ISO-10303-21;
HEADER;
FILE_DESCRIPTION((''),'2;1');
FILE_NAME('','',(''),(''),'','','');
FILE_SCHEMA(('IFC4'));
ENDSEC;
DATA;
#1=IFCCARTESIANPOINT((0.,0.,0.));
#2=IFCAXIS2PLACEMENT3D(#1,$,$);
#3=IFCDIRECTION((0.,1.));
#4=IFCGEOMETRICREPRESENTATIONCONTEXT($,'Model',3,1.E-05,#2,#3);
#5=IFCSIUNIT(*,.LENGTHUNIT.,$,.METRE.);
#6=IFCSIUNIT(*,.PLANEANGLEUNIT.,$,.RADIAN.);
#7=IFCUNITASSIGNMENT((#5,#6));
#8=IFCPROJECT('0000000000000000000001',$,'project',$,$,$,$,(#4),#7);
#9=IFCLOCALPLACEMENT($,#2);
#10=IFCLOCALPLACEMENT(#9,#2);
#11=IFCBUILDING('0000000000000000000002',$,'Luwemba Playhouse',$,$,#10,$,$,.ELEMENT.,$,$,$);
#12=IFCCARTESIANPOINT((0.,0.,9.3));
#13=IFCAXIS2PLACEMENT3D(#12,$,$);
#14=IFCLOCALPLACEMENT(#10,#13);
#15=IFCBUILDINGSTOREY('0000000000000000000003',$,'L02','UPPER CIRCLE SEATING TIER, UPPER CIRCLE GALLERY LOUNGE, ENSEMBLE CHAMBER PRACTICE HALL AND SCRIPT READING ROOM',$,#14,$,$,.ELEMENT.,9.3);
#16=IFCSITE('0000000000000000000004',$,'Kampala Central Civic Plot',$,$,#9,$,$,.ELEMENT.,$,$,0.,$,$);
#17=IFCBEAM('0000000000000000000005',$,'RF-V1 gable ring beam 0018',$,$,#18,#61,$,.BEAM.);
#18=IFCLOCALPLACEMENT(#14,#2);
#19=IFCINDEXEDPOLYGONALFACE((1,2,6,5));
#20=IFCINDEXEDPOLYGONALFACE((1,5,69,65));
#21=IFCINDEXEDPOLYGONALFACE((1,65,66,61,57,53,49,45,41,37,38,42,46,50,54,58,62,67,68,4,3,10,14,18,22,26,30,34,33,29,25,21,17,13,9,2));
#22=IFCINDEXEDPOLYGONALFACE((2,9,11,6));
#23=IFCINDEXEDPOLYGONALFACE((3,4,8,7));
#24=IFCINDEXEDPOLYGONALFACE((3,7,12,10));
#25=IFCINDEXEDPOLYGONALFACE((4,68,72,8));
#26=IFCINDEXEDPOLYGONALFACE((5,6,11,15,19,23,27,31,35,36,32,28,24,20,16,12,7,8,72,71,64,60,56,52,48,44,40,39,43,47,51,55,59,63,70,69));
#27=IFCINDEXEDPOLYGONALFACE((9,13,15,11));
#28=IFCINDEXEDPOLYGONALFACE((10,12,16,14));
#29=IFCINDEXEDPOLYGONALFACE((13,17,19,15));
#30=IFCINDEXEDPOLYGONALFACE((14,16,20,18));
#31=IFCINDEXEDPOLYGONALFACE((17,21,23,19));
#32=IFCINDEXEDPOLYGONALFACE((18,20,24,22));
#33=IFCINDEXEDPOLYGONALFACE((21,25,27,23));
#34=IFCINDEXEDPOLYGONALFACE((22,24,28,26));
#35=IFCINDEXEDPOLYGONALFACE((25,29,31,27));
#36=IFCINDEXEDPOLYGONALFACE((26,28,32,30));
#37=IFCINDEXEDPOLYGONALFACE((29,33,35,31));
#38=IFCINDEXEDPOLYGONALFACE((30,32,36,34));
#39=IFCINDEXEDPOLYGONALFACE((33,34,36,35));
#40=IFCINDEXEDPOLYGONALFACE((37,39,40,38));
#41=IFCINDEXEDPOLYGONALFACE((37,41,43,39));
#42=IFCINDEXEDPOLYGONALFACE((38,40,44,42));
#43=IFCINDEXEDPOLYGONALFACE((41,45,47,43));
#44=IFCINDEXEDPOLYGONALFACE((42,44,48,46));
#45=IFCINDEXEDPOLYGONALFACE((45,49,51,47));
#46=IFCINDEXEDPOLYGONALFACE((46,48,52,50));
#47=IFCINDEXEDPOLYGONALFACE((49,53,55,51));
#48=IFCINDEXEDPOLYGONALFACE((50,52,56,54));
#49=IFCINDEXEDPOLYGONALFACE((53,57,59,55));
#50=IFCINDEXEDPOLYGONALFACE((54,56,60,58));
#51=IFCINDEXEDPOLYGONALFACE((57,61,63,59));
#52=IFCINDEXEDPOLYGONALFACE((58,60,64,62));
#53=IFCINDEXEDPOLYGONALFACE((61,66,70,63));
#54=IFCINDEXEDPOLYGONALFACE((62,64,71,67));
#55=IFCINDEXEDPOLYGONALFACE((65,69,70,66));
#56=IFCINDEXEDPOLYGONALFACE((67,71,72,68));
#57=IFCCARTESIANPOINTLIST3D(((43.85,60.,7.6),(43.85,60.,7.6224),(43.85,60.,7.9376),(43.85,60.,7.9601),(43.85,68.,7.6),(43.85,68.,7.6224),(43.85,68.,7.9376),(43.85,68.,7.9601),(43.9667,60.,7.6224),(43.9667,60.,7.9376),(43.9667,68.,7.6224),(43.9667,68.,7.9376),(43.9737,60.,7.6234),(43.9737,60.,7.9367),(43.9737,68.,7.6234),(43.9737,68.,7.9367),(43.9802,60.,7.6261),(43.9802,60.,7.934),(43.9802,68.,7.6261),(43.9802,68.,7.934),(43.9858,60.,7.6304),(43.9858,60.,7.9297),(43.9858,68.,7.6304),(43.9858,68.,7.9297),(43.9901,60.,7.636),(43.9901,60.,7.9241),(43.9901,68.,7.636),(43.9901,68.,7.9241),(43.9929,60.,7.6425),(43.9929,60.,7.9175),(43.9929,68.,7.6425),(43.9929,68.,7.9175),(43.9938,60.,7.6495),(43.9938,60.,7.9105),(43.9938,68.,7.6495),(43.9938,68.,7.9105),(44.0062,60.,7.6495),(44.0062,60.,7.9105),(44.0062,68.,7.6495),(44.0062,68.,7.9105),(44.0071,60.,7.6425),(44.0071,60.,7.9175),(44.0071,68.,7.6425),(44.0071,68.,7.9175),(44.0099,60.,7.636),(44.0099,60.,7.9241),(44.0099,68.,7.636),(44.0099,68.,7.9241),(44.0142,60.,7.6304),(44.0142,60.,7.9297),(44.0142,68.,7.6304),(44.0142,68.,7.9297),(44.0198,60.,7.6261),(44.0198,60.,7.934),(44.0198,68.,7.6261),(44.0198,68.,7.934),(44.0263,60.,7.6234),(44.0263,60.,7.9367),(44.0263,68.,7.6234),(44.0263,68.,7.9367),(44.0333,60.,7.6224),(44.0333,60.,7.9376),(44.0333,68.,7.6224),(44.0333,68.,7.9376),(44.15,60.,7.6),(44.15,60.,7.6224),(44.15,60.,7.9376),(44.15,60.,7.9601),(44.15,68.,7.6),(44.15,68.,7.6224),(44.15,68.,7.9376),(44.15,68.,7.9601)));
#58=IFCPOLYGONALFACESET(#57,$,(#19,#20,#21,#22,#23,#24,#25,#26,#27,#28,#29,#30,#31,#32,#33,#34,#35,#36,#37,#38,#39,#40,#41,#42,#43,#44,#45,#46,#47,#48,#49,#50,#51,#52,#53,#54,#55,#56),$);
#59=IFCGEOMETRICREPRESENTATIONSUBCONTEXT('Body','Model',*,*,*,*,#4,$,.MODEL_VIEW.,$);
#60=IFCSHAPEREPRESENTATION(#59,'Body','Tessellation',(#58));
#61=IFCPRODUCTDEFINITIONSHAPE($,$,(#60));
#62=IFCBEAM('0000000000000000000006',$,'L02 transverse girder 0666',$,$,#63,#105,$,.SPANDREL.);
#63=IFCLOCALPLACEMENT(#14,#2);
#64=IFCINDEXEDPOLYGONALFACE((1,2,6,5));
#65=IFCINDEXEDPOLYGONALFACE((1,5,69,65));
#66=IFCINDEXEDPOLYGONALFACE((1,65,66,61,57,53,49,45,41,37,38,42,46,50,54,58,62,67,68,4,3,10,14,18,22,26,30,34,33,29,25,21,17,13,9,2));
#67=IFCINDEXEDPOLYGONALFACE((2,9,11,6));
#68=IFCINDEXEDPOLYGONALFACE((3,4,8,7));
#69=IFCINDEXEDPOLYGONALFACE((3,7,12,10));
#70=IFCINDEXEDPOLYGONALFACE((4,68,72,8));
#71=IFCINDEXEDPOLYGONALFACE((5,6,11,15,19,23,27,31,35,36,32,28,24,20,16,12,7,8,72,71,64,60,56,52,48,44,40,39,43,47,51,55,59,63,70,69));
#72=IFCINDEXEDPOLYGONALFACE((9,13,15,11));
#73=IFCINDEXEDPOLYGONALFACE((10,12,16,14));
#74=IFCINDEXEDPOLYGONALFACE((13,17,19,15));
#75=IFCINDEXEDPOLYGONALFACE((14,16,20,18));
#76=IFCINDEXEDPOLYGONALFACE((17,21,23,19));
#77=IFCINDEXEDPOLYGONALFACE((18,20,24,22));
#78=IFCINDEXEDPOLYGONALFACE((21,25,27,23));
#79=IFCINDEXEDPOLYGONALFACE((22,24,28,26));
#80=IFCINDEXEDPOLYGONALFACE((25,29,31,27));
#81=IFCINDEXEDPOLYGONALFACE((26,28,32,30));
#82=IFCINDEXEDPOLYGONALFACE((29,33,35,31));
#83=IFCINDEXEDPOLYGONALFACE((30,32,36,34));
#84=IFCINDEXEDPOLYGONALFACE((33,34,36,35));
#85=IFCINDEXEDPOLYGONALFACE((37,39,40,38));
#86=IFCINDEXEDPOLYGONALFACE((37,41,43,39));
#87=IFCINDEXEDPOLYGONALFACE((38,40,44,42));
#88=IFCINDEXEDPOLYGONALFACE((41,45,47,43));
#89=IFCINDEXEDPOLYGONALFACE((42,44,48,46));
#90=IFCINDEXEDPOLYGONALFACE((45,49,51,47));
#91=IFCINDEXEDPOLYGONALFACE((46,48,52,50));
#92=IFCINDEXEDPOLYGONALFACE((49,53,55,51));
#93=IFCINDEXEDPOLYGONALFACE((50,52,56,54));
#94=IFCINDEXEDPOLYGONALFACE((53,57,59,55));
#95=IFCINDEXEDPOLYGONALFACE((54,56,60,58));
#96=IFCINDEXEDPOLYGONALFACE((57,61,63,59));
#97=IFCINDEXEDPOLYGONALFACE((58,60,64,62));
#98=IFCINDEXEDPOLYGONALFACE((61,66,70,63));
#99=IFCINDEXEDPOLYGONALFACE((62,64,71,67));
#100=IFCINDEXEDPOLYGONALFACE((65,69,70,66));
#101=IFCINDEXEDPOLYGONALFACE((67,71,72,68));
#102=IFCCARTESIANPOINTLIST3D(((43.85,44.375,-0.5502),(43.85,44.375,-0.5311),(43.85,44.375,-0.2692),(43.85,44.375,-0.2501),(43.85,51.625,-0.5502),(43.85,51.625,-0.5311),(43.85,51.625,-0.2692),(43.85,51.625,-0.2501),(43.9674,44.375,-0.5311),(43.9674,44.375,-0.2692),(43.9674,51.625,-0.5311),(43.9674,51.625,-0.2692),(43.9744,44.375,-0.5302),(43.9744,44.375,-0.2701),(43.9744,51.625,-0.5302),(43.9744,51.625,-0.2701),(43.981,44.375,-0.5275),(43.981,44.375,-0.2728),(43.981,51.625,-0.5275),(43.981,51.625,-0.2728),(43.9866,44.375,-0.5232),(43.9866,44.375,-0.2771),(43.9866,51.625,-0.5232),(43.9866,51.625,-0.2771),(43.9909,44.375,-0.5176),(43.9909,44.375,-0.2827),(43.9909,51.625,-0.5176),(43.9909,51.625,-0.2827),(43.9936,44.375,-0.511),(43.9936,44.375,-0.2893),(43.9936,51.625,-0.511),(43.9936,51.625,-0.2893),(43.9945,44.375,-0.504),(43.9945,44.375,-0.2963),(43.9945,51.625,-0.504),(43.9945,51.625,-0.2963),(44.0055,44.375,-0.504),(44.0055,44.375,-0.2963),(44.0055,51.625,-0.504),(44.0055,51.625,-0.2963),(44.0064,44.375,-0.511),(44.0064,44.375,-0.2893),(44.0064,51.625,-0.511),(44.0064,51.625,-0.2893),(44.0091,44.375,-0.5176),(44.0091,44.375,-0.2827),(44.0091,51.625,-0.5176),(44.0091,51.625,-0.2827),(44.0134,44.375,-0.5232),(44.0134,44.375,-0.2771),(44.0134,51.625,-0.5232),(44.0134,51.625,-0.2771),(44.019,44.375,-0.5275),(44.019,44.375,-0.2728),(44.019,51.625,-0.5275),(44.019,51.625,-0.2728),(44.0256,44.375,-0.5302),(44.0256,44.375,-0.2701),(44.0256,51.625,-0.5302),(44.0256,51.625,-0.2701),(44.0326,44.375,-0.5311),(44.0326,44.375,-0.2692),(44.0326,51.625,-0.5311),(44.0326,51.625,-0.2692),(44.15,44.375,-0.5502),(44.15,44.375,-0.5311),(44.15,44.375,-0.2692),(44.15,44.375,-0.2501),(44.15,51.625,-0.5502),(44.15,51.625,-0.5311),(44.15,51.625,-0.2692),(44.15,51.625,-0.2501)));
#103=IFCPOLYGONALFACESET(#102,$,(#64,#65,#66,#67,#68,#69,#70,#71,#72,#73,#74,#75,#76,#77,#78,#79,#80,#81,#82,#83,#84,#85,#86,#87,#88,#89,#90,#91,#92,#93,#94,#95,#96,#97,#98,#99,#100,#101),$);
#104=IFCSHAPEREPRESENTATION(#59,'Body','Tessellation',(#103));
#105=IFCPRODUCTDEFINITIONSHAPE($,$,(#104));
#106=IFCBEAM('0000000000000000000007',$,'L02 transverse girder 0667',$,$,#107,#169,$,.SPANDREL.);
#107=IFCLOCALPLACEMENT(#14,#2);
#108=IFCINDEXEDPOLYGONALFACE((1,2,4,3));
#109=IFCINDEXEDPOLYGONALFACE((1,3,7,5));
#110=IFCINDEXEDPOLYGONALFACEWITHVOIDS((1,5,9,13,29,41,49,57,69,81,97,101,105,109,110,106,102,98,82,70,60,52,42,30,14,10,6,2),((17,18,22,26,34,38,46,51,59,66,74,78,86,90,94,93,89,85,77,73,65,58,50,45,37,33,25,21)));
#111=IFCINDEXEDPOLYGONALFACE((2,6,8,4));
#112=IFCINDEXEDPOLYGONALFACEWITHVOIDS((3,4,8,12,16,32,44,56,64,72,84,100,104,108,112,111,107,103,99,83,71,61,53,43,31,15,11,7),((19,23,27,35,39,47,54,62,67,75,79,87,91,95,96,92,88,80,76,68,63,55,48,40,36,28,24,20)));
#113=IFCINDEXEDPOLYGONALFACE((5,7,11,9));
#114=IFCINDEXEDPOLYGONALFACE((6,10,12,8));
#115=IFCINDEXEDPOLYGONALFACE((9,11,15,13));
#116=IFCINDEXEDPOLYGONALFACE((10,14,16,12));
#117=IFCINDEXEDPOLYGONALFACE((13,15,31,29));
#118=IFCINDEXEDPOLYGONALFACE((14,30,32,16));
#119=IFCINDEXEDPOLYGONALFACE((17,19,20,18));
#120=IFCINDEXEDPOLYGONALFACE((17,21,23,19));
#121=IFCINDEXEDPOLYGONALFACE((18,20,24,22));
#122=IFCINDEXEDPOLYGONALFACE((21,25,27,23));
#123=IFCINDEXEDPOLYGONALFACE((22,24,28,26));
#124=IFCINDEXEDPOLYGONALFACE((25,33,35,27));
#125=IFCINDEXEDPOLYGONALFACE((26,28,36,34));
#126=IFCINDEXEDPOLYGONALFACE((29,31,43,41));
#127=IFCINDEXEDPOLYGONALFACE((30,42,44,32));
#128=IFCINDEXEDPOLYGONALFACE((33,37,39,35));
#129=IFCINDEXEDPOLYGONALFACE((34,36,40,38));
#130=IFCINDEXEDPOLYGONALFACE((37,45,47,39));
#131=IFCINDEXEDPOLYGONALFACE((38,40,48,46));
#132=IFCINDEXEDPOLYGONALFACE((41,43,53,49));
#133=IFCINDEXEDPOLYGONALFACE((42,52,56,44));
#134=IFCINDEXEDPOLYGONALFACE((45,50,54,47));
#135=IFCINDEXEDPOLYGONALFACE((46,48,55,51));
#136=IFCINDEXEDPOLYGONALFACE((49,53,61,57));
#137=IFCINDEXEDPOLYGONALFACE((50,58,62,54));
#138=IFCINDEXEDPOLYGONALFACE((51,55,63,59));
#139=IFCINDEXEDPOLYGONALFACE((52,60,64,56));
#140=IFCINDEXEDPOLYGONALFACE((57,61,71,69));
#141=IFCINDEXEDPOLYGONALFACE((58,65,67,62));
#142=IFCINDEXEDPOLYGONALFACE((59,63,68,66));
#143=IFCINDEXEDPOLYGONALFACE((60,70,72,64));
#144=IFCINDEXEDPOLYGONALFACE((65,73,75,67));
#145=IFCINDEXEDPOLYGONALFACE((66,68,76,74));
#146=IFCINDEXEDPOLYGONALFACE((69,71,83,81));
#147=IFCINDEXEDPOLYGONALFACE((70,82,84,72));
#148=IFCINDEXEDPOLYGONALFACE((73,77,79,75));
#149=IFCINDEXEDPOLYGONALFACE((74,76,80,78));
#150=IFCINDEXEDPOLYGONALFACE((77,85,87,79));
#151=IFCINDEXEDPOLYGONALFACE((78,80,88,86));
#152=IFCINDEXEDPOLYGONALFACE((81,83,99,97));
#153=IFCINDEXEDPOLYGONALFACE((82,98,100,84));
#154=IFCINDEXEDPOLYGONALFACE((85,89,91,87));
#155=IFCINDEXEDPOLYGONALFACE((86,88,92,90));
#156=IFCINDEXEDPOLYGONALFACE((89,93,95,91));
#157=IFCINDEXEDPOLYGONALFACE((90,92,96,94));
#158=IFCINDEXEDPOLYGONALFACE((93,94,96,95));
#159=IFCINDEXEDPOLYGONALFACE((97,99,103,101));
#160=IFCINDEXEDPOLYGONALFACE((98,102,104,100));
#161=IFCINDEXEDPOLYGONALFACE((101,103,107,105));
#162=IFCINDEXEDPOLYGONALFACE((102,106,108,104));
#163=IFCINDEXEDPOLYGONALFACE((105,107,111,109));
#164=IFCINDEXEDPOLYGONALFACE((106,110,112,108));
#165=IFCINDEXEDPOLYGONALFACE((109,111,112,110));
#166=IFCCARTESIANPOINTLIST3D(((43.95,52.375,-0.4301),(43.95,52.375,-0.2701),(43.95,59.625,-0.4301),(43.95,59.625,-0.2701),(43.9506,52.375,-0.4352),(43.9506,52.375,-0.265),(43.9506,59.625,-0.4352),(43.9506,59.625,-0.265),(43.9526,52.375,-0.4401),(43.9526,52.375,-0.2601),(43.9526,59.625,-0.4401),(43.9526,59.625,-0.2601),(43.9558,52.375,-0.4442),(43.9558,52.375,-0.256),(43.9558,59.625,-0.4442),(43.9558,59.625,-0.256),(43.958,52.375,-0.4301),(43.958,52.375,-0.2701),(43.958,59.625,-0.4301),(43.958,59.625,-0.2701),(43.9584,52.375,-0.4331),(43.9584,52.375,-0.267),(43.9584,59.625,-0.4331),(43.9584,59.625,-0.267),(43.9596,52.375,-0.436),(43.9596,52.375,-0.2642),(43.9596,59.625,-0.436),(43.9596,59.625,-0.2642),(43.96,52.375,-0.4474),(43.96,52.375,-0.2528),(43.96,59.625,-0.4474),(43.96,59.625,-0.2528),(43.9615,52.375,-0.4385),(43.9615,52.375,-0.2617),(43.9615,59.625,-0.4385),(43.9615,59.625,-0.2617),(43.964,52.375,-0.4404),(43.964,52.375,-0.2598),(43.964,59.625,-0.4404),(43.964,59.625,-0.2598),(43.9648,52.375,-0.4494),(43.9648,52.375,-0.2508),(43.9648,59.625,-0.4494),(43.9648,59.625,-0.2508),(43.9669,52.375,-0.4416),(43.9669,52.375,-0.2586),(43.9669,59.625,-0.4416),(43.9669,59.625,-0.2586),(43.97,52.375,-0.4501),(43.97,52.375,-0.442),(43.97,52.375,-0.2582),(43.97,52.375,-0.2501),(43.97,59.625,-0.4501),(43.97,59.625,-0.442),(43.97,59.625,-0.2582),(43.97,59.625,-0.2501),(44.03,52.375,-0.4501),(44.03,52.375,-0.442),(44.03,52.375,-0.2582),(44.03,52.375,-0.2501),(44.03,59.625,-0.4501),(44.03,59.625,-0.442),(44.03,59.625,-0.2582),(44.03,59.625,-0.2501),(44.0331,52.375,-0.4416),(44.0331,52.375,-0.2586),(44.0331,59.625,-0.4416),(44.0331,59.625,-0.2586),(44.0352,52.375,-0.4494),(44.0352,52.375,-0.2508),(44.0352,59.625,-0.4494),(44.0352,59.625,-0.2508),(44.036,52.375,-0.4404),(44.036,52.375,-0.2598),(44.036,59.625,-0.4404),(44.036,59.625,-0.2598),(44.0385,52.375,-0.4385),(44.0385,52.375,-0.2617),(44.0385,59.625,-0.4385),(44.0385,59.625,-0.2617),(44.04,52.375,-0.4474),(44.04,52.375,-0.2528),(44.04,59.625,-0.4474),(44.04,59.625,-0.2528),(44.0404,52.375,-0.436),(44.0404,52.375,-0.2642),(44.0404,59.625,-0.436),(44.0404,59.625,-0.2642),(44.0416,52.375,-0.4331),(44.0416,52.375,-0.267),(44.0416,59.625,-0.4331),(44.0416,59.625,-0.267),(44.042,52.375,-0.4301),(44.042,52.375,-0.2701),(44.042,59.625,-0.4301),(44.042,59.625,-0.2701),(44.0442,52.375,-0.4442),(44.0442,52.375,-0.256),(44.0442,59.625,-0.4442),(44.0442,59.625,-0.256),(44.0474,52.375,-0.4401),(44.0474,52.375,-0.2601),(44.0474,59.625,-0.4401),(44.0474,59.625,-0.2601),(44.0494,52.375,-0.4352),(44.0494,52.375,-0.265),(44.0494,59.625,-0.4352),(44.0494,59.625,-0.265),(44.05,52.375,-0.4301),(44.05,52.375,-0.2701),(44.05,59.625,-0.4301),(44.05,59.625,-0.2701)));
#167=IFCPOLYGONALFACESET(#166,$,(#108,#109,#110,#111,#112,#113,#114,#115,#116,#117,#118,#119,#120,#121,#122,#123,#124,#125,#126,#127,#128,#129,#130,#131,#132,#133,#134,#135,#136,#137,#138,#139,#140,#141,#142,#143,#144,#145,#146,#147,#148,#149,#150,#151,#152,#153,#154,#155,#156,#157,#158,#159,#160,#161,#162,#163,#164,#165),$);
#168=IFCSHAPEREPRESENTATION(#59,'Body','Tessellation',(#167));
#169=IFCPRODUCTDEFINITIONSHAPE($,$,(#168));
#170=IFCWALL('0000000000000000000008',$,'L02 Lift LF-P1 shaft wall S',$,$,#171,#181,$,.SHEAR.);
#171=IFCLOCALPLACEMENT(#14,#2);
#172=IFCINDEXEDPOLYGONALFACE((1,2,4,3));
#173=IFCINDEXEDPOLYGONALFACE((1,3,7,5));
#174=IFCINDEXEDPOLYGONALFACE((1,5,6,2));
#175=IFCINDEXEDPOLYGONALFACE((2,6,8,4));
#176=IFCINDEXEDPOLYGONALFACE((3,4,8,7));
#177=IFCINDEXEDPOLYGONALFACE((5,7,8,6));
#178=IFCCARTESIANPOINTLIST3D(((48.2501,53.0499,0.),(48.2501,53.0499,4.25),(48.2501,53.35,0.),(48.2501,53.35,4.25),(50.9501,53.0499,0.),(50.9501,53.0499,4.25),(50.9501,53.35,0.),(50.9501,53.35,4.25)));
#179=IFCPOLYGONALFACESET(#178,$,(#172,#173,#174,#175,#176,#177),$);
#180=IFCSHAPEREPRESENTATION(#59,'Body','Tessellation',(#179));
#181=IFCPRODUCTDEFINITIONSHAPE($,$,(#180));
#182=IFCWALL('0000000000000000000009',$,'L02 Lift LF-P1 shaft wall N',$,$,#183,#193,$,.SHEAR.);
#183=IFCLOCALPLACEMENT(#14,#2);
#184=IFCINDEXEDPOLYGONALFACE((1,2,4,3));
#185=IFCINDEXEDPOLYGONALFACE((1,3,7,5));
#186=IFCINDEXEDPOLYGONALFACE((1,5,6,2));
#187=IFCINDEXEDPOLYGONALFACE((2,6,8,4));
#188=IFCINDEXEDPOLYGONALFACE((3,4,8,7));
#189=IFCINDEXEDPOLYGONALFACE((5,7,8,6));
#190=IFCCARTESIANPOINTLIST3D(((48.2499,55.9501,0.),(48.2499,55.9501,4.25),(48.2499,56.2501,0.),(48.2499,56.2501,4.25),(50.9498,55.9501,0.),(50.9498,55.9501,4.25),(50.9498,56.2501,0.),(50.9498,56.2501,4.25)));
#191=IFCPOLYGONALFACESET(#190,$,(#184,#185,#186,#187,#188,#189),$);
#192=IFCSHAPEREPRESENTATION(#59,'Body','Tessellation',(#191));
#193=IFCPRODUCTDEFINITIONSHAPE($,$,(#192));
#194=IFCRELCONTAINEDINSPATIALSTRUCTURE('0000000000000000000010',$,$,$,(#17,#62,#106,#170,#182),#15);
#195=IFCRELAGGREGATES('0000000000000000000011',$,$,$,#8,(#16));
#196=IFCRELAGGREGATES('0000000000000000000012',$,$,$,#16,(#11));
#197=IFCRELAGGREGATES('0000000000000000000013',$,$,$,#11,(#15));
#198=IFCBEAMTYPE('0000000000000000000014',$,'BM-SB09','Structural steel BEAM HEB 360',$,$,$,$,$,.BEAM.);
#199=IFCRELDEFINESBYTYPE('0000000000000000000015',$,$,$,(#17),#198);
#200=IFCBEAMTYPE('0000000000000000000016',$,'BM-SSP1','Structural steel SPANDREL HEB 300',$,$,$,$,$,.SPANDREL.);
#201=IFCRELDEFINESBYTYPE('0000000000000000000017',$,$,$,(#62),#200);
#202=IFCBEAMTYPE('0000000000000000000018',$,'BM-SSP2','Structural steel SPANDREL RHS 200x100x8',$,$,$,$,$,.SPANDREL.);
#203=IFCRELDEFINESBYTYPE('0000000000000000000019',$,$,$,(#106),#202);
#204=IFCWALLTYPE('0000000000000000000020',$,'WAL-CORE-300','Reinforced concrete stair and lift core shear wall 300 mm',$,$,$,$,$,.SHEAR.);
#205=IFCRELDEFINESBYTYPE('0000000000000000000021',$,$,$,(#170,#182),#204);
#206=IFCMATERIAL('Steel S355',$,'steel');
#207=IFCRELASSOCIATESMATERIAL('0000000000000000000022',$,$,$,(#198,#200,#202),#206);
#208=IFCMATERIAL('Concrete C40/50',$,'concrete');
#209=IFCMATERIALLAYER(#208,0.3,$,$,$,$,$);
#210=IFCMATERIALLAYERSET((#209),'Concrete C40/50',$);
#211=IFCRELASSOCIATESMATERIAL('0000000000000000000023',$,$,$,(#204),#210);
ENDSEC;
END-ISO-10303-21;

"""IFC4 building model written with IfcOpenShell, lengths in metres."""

from ifc_helpers import new_model, si_unit, direction, frame, frame_2d, origin, origin_2d, place, context, subcontext, project, spatial, rectangle, hollow_rectangle, i_section, extrude, material, layer, layer_set, material_profile, profile_set, type_object, element, save


model = new_model("IFC4")

# Units and contexts
model_context = context("Model", 3, precision=1e-05, world=origin(), true_north=direction((0.0, 1.0)))
body_context = subcontext(model_context, "Body", "Model", "MODEL_VIEW")
ifc_project = project(units=[si_unit("LENGTHUNIT", "METRE"), si_unit("PLANEANGLEUNIT", "RADIAN")], contexts=[model_context])

# Site, building, storey
site_placement = place(None, origin())
site = spatial("IfcSite", under=ifc_project, at=site_placement, Name="Kampala Central Civic Plot", CompositionType="ELEMENT", RefElevation=0.0)
building_placement = place(site_placement, origin())
building = spatial("IfcBuilding", under=site, at=building_placement, Name="Luwemba Playhouse", CompositionType="ELEMENT")
storey_placement = place(building_placement, frame((0.0, 0.0, 9.3)))
storey = spatial("IfcBuildingStorey", under=building, at=storey_placement, Name="L02", Description="UPPER CIRCLE SEATING TIER, UPPER CIRCLE GALLERY LOUNGE, ENSEMBLE CHAMBER PRACTICE HALL AND SCRIPT READING ROOM", CompositionType="ELEMENT", Elevation=9.3)

# Shared definitions
ifc_material_1 = material(Name="Concrete C40/50", Category="concrete")
ifc_material_2 = material(Name="Steel S355", Category="steel")

# Beams
ifc_material_profile_1 = material_profile(ifc_material_2, i_section(OverallWidth=0.3, OverallDepth=0.3601, WebThickness=0.0125, FlangeThickness=0.0225, FilletRadius=0.0271, at=origin_2d()))
ifc_profile_set_1 = profile_set([ifc_material_profile_1], Name="Steel S355")
beam_type_1 = type_object("IfcBeamType", Name="BM-SB09", Description="Structural steel BEAM HEB 360", PredefinedType="BEAM", material=ifc_profile_set_1)
for number, where, z_axis, x_axis, name in (
    (1, (44.0, 60.0, 7.78), (0.0, 1.0, 0.0), (-1.0, 0.0, 0.0), "RF-V1 gable ring beam 0018"),
):
    element("IfcBeam", number, at=place(storey_placement, frame(where, z_axis=z_axis, x_axis=x_axis)), inside=storey, type_object=beam_type_1, Name=name, PredefinedType="BEAM", context=body_context, shape_type="SweptSolid", body=[
        extrude(i_section(OverallWidth=0.3, OverallDepth=0.3601, WebThickness=0.0125, FlangeThickness=0.0225, FilletRadius=0.0271, at=origin_2d()), origin(), (0.0, 0.0, 1.0), 8.0),
    ])
ifc_material_profile_2 = material_profile(ifc_material_2, i_section(OverallWidth=0.3, OverallDepth=0.3, WebThickness=0.011, FlangeThickness=0.019, FilletRadius=0.0271, at=origin_2d()))
ifc_profile_set_2 = profile_set([ifc_material_profile_2], Name="Steel S355")
beam_type_2 = type_object("IfcBeamType", Name="BM-SSP1", Description="Structural steel SPANDREL HEB 300", PredefinedType="SPANDREL", material=ifc_profile_set_2)
beam_1_placement = place(storey_placement, frame((44.0, 44.375, -0.4001), z_axis=(0.0, 1.0, 0.0), x_axis=(-1.0, 0.0, 0.0)))
element("IfcBeam", 2, at=beam_1_placement, inside=storey, type_object=beam_type_2, Name="L02 transverse girder 0666", PredefinedType="SPANDREL", context=body_context, shape_type="SweptSolid", body=[
    extrude(i_section(OverallWidth=0.3, OverallDepth=0.3, WebThickness=0.011, FlangeThickness=0.019, FilletRadius=0.0271, at=origin_2d()), origin(), (0.0, 0.0, 1.0), 7.25),
])
ifc_material_profile_3 = material_profile(ifc_material_2, hollow_rectangle(XDim=0.1001, YDim=0.2, WallThickness=0.0081, InnerFilletRadius=0.012, OuterFilletRadius=0.02, at=origin_2d()))
ifc_profile_set_3 = profile_set([ifc_material_profile_3], Name="Steel S355")
beam_type_3 = type_object("IfcBeamType", Name="BM-SSP2", Description="Structural steel SPANDREL RHS 200x100x8", PredefinedType="SPANDREL", material=ifc_profile_set_3)
beam_2_placement = place(storey_placement, frame((44.0, 52.375, -0.3501), z_axis=(0.0, 1.0, 0.0), x_axis=(-1.0, 0.0, 0.0)))
element("IfcBeam", 3, at=beam_2_placement, inside=storey, type_object=beam_type_3, Name="L02 transverse girder 0667", PredefinedType="SPANDREL", context=body_context, shape_type="SweptSolid", body=[
    extrude(hollow_rectangle(XDim=0.1001, YDim=0.2, WallThickness=0.0081, InnerFilletRadius=0.012, OuterFilletRadius=0.02, at=origin_2d()), origin(), (0.0, 0.0, 1.0), 7.25),
])

# Walls
ifc_layer_1 = layer(ifc_material_1, 0.3)
ifc_layer_set_1 = layer_set([ifc_layer_1], Name="Concrete C40/50")
wall_type_1 = type_object("IfcWallType", Name="WAL-CORE-300", Description="Reinforced concrete stair and lift core shear wall 300 mm", PredefinedType="SHEAR", material=ifc_layer_set_1)
for number, where, z_axis, x_axis, name in (
    (4, (48.25, 53.2, 0.0), (0.0, 0.0, 1.0), (1.0, 0.0, 0.0), "L02 Lift LF-P1 shaft wall S"),
    (5, (50.95, 56.1001, 0.0), (0.0, 0.0, 1.0), (-1.0, 0.0, 0.0), "L02 Lift LF-P1 shaft wall N"),
):
    element("IfcWall", number, at=place(storey_placement, frame(where, z_axis=z_axis, x_axis=x_axis)), inside=storey, type_object=wall_type_1, Name=name, PredefinedType="SHEAR", context=body_context, shape_type="SweptSolid", body=[
        extrude(rectangle(XDim=2.7, YDim=0.3, at=frame_2d((1.3501, 0.0))), origin(), (0.0, 0.0, 1.0), 4.25),
    ])

save(model, "model.ifc")
